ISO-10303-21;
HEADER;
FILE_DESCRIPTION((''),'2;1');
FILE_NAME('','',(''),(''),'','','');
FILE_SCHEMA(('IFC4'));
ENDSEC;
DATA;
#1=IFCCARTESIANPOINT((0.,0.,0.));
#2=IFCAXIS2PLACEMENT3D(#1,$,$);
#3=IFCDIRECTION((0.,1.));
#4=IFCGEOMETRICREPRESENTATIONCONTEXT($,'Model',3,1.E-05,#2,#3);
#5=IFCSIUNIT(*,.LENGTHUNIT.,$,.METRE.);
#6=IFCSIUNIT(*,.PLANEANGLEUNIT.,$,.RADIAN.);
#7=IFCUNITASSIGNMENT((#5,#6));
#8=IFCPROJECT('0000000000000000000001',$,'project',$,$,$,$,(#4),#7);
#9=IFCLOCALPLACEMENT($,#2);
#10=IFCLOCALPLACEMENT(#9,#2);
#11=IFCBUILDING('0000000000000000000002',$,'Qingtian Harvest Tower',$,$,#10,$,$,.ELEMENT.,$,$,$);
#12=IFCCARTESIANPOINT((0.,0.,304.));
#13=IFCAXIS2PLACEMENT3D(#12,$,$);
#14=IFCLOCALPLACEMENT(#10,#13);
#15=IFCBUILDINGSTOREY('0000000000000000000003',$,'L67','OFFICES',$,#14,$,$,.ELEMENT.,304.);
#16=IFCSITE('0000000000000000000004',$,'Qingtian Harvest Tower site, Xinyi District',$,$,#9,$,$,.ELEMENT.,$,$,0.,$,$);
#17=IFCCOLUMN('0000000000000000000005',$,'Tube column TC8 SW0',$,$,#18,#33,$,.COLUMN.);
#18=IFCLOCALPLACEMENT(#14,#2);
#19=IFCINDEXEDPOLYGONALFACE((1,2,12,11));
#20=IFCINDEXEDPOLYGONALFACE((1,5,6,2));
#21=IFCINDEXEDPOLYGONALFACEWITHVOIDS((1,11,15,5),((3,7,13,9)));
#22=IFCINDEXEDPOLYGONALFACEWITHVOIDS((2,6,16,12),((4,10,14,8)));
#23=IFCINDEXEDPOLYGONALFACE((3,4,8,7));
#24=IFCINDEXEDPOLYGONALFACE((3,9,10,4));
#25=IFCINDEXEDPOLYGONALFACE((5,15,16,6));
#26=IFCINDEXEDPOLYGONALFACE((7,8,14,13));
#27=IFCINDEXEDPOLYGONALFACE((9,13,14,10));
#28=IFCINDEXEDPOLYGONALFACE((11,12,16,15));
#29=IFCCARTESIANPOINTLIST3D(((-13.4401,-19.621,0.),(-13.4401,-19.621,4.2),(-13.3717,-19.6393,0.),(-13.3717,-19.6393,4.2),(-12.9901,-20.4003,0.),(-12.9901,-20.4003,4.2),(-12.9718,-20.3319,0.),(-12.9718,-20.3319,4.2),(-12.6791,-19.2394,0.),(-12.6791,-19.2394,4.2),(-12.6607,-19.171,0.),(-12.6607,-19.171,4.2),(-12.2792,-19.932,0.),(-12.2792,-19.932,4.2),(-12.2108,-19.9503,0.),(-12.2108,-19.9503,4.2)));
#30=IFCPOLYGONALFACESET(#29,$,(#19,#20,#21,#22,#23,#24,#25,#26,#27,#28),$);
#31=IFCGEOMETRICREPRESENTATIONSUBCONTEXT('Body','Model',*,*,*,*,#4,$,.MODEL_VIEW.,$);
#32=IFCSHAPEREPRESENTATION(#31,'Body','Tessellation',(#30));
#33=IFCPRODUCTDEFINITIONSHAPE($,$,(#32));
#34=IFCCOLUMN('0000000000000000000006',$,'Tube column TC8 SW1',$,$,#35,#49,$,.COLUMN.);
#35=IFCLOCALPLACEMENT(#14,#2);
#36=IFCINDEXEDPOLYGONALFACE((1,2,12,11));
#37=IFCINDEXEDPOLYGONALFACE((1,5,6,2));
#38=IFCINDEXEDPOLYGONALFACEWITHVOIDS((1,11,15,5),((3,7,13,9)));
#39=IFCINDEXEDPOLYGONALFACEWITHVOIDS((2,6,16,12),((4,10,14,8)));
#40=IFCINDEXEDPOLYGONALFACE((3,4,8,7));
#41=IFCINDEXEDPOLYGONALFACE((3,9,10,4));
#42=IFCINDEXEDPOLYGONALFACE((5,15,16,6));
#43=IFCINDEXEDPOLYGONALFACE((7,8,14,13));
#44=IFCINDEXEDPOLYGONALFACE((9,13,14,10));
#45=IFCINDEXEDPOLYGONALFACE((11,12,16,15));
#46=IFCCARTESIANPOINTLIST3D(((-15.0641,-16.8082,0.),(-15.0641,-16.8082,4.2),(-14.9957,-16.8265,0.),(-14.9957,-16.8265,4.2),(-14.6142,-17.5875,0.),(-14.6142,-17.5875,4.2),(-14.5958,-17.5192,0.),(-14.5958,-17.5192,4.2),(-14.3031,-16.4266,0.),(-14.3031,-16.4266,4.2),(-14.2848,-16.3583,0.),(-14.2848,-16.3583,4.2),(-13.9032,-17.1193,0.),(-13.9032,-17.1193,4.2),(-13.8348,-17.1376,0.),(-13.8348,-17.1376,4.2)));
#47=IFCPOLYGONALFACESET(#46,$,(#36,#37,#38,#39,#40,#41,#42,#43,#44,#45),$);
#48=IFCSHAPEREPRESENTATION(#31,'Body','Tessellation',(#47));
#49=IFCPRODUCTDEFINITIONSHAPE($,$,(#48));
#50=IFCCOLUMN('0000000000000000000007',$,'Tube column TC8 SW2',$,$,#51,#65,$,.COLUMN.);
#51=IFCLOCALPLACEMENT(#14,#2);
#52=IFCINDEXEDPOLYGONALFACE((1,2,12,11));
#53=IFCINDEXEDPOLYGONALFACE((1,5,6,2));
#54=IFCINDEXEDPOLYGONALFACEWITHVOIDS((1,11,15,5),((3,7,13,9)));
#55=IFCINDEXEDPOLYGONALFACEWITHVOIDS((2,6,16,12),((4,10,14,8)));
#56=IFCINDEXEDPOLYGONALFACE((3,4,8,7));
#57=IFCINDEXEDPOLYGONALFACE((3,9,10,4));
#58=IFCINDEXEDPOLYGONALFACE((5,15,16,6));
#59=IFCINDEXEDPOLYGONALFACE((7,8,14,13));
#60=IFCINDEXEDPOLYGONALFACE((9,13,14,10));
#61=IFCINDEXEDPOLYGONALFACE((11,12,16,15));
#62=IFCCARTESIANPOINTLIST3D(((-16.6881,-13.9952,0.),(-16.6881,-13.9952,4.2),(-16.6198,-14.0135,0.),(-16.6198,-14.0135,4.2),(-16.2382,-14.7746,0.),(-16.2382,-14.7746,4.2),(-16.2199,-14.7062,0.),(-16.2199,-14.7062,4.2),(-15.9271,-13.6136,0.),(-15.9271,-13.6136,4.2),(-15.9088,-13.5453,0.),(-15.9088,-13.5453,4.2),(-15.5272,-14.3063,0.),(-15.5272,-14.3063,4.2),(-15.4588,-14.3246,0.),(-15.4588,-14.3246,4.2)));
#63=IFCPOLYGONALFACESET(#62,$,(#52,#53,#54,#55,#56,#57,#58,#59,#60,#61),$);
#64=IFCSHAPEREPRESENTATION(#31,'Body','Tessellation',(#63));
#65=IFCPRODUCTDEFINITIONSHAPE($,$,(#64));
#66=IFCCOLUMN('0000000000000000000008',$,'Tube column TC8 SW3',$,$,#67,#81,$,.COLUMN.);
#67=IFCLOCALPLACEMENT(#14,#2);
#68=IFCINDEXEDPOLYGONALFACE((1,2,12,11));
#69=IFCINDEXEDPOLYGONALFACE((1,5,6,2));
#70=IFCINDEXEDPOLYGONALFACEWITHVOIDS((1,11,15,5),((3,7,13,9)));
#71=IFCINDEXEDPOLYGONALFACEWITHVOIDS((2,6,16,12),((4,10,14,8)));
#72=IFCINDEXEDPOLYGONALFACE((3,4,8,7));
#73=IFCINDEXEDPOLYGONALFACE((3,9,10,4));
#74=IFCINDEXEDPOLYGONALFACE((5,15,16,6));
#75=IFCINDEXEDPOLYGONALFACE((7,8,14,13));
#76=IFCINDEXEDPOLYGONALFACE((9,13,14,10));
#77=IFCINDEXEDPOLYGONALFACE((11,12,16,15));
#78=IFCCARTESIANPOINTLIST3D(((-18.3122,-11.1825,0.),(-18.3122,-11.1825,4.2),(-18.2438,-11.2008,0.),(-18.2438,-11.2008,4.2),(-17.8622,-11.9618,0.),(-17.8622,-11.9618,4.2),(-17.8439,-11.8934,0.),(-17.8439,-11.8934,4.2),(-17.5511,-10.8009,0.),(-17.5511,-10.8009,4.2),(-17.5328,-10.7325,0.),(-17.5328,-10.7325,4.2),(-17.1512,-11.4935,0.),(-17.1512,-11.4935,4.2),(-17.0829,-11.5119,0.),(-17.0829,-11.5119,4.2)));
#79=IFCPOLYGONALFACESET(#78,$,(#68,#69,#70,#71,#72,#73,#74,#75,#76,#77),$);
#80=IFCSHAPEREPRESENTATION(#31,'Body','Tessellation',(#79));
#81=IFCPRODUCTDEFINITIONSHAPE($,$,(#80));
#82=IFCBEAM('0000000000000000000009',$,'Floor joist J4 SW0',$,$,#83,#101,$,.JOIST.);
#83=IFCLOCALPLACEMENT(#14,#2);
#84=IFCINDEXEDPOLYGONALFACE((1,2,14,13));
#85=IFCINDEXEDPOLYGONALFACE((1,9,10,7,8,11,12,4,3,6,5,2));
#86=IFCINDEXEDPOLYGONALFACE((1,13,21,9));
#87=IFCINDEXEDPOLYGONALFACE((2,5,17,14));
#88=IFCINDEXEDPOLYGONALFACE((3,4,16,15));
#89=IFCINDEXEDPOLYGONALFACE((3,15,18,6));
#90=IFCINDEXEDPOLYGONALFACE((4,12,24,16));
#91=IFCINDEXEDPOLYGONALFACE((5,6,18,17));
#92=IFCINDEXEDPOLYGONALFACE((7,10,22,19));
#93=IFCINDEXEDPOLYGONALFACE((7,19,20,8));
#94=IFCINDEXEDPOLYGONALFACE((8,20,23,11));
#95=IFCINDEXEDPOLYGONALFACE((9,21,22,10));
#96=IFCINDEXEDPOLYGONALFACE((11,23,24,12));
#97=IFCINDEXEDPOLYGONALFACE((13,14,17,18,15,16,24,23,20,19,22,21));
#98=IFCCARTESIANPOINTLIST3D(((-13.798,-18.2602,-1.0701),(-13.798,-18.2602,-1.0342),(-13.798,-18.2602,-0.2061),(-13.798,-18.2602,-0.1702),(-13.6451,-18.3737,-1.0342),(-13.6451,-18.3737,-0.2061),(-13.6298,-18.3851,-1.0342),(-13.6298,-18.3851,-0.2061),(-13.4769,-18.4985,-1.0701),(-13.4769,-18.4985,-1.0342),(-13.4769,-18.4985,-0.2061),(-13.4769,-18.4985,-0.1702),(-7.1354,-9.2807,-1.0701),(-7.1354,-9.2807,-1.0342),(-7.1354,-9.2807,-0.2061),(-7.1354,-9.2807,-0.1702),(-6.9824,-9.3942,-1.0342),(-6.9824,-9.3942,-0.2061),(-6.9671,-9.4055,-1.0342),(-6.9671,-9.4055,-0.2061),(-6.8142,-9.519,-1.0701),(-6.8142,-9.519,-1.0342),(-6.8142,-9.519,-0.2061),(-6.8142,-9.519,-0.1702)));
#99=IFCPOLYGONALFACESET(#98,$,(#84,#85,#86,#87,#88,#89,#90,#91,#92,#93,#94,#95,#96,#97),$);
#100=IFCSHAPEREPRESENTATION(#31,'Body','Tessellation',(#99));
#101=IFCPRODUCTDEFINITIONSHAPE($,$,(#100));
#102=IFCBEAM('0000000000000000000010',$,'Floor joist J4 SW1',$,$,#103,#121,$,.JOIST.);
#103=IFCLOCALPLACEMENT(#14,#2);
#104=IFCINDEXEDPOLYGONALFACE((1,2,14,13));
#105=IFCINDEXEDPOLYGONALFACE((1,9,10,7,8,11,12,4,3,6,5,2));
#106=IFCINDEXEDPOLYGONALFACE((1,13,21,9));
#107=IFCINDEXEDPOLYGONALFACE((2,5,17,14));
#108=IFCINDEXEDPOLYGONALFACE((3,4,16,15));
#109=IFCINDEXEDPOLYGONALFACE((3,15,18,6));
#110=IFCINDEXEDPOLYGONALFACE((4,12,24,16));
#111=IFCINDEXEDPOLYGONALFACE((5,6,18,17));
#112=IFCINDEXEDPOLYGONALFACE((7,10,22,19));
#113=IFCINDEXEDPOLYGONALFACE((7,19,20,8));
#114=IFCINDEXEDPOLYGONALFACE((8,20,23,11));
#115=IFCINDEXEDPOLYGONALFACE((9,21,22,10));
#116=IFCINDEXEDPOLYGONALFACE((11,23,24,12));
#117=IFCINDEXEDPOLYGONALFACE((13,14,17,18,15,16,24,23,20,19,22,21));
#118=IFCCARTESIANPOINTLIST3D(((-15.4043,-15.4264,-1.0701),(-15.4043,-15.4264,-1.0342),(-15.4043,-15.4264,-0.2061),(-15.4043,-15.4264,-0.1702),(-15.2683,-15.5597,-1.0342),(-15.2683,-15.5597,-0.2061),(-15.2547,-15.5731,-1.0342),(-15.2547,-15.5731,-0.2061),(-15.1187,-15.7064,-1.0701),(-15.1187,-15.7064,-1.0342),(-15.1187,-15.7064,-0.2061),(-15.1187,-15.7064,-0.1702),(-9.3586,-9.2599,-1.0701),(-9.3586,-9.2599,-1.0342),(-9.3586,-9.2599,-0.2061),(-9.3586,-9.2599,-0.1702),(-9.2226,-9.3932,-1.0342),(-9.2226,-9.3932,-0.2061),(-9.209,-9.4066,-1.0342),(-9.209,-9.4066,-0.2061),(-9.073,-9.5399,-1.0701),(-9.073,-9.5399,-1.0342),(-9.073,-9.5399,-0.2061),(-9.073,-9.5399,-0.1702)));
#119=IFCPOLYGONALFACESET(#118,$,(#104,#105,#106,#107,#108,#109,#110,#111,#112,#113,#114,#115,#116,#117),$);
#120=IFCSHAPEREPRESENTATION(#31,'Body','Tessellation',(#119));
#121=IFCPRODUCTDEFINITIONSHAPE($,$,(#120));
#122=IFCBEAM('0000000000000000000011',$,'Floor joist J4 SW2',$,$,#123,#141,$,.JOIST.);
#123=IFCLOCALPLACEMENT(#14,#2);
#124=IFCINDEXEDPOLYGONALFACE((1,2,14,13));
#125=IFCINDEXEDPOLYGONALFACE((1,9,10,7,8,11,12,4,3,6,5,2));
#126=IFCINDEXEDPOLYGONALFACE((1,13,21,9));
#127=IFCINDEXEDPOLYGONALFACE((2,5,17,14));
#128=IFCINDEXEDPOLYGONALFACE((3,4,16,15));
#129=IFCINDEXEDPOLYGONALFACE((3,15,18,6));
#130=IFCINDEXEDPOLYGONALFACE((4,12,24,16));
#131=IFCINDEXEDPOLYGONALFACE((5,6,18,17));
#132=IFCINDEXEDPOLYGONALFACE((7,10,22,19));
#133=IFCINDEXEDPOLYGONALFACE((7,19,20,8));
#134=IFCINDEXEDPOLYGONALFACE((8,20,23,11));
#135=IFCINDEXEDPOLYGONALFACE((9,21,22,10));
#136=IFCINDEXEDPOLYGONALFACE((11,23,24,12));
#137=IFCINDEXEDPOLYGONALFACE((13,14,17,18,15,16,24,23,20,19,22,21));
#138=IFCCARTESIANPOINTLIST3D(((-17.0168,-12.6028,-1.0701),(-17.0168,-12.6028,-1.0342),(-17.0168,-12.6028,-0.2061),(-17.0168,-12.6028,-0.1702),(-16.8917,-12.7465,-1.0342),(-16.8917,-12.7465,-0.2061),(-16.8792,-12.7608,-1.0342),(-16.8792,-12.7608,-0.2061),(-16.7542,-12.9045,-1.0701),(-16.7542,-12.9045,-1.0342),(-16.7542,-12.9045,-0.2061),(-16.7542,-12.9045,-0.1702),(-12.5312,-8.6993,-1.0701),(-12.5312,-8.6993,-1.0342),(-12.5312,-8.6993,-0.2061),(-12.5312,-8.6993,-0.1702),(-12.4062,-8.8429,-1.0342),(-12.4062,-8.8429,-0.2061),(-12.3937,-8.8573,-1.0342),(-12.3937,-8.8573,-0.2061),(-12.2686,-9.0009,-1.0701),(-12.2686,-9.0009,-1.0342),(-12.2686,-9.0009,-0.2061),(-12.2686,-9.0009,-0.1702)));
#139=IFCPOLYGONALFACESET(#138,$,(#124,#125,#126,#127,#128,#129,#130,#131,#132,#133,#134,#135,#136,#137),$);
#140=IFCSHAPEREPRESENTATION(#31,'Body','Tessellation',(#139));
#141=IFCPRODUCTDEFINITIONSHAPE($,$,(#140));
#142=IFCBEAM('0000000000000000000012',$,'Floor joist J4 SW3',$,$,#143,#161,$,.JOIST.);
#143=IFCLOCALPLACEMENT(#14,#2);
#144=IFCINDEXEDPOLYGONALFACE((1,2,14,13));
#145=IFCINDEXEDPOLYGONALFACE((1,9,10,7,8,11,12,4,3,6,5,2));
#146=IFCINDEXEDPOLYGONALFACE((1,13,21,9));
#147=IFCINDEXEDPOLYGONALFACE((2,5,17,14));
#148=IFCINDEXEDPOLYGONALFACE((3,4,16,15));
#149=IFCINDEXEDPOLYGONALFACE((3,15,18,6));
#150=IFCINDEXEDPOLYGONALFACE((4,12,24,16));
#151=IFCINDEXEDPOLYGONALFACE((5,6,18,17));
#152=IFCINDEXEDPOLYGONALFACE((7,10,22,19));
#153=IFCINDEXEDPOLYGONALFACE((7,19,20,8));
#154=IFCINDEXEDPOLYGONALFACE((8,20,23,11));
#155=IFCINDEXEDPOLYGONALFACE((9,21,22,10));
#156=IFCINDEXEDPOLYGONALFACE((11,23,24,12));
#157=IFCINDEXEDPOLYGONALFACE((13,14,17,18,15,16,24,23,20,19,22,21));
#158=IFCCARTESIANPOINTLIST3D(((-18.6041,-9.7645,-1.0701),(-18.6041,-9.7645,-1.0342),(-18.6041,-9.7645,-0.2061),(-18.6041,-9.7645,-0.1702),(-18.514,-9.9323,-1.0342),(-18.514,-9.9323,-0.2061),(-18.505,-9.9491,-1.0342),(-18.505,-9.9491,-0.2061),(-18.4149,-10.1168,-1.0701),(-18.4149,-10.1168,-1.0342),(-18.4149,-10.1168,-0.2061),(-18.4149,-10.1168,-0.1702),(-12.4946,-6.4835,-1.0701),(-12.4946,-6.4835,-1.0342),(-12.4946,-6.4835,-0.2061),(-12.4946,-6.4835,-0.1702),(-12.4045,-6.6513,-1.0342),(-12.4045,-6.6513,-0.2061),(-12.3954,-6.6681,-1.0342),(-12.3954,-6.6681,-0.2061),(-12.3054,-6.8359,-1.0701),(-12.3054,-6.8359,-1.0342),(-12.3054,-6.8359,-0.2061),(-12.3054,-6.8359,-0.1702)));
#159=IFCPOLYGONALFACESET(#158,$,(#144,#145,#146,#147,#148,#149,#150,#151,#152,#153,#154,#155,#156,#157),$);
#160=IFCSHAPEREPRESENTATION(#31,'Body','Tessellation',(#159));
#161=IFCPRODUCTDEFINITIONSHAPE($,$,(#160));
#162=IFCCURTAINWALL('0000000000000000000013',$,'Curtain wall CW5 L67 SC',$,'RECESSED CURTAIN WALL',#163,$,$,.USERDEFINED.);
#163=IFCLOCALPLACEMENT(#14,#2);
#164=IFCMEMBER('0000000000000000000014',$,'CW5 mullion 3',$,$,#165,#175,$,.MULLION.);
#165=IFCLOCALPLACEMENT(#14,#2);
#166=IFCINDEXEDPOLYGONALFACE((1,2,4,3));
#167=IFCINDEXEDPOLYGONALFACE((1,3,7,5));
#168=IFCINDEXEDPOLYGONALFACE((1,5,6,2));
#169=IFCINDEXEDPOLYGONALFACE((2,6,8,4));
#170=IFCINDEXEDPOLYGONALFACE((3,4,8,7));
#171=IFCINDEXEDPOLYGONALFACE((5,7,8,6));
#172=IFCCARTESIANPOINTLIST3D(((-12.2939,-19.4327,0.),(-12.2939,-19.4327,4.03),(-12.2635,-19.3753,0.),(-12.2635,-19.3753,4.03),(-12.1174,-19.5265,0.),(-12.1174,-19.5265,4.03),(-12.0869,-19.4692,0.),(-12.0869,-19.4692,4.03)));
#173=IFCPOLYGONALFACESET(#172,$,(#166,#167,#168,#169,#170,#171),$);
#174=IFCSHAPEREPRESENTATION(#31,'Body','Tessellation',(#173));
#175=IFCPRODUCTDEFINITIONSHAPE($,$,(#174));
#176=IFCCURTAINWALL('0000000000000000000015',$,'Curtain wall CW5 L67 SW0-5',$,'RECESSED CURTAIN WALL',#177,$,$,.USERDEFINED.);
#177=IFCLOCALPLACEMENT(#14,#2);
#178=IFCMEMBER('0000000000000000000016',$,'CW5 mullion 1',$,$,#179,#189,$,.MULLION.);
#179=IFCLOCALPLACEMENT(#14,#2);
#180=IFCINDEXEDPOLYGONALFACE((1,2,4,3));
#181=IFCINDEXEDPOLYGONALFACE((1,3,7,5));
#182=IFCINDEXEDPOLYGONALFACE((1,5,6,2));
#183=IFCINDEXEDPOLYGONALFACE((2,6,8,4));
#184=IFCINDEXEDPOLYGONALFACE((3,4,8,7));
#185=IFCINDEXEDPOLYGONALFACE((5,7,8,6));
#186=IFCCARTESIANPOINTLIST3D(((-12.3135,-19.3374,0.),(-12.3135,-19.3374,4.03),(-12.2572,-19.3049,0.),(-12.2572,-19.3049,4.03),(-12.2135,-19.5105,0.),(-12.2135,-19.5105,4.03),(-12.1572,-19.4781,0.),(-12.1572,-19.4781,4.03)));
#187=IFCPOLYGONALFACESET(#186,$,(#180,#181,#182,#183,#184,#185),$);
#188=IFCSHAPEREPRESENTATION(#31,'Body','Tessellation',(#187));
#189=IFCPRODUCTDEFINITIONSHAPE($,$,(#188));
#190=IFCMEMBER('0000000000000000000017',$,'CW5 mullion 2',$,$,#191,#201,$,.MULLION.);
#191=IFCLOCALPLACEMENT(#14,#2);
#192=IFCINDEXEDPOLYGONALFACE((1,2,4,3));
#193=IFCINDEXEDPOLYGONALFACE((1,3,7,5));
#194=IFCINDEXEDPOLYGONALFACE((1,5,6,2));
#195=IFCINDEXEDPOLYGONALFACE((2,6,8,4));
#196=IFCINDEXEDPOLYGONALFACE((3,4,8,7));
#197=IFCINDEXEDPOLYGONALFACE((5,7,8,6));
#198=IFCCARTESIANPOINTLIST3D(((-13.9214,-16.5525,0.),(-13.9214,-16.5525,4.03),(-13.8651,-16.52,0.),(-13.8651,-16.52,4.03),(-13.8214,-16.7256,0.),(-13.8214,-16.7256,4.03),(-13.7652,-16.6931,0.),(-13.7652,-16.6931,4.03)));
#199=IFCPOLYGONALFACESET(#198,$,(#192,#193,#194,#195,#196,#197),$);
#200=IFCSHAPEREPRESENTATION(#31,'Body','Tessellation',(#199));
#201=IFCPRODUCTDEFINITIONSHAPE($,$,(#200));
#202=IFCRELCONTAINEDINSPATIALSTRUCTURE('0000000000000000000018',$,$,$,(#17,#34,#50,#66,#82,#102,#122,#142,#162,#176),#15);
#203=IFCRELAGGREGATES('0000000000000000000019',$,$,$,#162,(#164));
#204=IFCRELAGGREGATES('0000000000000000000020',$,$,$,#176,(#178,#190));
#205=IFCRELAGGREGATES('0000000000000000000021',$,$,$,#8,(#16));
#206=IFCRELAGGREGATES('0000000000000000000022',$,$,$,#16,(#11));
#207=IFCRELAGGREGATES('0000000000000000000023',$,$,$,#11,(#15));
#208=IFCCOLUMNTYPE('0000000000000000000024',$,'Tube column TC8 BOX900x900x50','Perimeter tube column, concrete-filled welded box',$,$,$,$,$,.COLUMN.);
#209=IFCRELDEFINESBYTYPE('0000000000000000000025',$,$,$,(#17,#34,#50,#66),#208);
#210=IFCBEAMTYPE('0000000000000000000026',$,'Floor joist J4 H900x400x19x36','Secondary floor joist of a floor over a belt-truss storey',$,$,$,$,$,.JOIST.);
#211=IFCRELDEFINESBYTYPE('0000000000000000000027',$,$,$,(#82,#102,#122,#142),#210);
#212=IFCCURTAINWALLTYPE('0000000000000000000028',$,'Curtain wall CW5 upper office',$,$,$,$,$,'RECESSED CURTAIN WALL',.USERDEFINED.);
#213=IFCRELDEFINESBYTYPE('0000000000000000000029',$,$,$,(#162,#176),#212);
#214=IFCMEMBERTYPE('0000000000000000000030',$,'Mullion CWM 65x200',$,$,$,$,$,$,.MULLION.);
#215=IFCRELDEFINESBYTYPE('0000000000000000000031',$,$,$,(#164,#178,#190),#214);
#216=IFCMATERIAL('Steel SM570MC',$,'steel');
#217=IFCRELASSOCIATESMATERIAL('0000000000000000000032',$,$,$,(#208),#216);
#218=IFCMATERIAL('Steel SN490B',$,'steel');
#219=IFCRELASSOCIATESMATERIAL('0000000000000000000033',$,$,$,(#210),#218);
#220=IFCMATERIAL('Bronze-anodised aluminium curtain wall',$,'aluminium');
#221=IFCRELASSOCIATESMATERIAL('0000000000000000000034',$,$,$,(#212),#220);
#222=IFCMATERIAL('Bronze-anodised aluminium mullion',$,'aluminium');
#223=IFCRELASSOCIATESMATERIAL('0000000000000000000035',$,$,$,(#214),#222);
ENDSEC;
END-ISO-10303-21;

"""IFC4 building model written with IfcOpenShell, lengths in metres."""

from ifc_helpers import new_model, si_unit, direction, frame, origin, origin_2d, place, context, subcontext, project, spatial, rectangle, hollow_rectangle, i_section, extrude, material, material_profile, profile_set, type_object, element, aggregate, save


model = new_model("IFC4")

# Units and contexts
model_context = context("Model", 3, precision=1e-05, world=origin(), true_north=direction((0.0, 1.0)))
body_context = subcontext(model_context, "Body", "Model", "MODEL_VIEW")
ifc_project = project(units=[si_unit("LENGTHUNIT", "METRE"), si_unit("PLANEANGLEUNIT", "RADIAN")], contexts=[model_context])

# Site, building, storey
site_placement = place(None, origin())
site = spatial("IfcSite", under=ifc_project, at=site_placement, Name="Qingtian Harvest Tower site, Xinyi District", CompositionType="ELEMENT", RefElevation=0.0)
building_placement = place(site_placement, origin())
building = spatial("IfcBuilding", under=site, at=building_placement, Name="Qingtian Harvest Tower", CompositionType="ELEMENT")
storey_placement = place(building_placement, frame((0.0, 0.0, 304.0)))
storey = spatial("IfcBuildingStorey", under=building, at=storey_placement, Name="L67", Description="OFFICES", CompositionType="ELEMENT", Elevation=304.0)

# Columns
ifc_material_1 = material(Name="Steel SM570MC", Category="steel")
ifc_material_profile_1 = material_profile(ifc_material_1, hollow_rectangle(XDim=0.8999, YDim=0.8999, WallThickness=0.05, at=origin_2d()), Name="BOX900x900x50")
ifc_profile_set_1 = profile_set([ifc_material_profile_1], Name="Steel SM570MC")
column_type = type_object("IfcColumnType", Name="Tube column TC8 BOX900x900x50", Description="Perimeter tube column, concrete-filled welded box", PredefinedType="COLUMN", material=ifc_profile_set_1)
for number, where, z_axis, x_axis, name in (
    (1, (-12.8254, -19.7856, 0.0), (0.0, 0.0, 1.0), (0.5, -0.866025, 0.0), "Tube column TC8 SW0"),
    (2, (-14.4495, -16.9729, 0.0), (0.0, 0.0, 1.0), (0.5, -0.866025, 0.0), "Tube column TC8 SW1"),
    (3, (-16.0735, -14.1599, 0.0), (0.0, 0.0, 1.0), (0.5, -0.866025, 0.0), "Tube column TC8 SW2"),
    (4, (-17.6975, -11.3472, 0.0), (0.0, 0.0, 1.0), (0.5, -0.866025, 0.0), "Tube column TC8 SW3"),
):
    element("IfcColumn", number, at=place(storey_placement, frame(where, z_axis=z_axis, x_axis=x_axis)), inside=storey, type_object=column_type, Name=name, PredefinedType="COLUMN", context=body_context, shape_type="SweptSolid", body=[
        extrude(hollow_rectangle(XDim=0.8999, YDim=0.8999, WallThickness=0.05, at=origin_2d()), origin(), (0.0, 0.0, 1.0), 4.2),
    ])

# Beams
ifc_material_2 = material(Name="Steel SN490B", Category="steel")
ifc_material_profile_2 = material_profile(ifc_material_2, i_section(OverallWidth=0.3999, OverallDepth=0.8999, WebThickness=0.019, FlangeThickness=0.0359, at=origin_2d()), Name="H900x400x19x36")
ifc_profile_set_2 = profile_set([ifc_material_profile_2], Name="Steel SN490B")
beam_type_1 = type_object("IfcBeamType", Name="Floor joist J4 H900x400x19x36", Description="Secondary floor joist of a floor over a belt-truss storey", PredefinedType="JOIST", material=ifc_profile_set_2)
beam_1_placement = place(storey_placement, frame((-13.6375, -18.3794, -0.6201), z_axis=(0.59587, 0.803081, 0.0), x_axis=(-0.803081, 0.59587, 0.0)))
element("IfcBeam", 5, at=beam_1_placement, inside=storey, type_object=beam_type_1, Name="Floor joist J4 SW0", PredefinedType="JOIST", context=body_context, shape_type="SweptSolid", body=[
    extrude(i_section(OverallWidth=0.3999, OverallDepth=0.8999, WebThickness=0.019, FlangeThickness=0.0359, at=origin_2d()), origin(), (0.0, 0.0, 1.0), 11.1814),
])
beam_2_placement = place(storey_placement, frame((-15.2615, -15.5664, -0.6201), z_axis=(0.700075, 0.714069, 0.0), x_axis=(-0.714069, 0.700075, 0.0)))
element("IfcBeam", 6, at=beam_2_placement, inside=storey, type_object=beam_type_1, Name="Floor joist J4 SW1", PredefinedType="JOIST", context=body_context, shape_type="SweptSolid", body=[
    extrude(i_section(OverallWidth=0.3999, OverallDepth=0.8999, WebThickness=0.019, FlangeThickness=0.0359, at=origin_2d()), origin(), (0.0, 0.0, 1.0), 8.6357),
])
beam_3_placement = place(storey_placement, frame((-16.8855, -12.7537, -0.6201), z_axis=(0.754352, 0.65647, 0.0), x_axis=(-0.65647, 0.754352, 0.0)))
element("IfcBeam", 7, at=beam_3_placement, inside=storey, type_object=beam_type_1, Name="Floor joist J4 SW2", PredefinedType="JOIST", context=body_context, shape_type="SweptSolid", body=[
    extrude(i_section(OverallWidth=0.3999, OverallDepth=0.8999, WebThickness=0.019, FlangeThickness=0.0359, at=origin_2d()), origin(), (0.0, 0.0, 1.0), 5.9463),
])
beam_4_placement = place(storey_placement, frame((-18.5095, -9.9407, -0.6201), z_axis=(0.881, 0.473117, 0.0), x_axis=(-0.473117, 0.881, 0.0)))
element("IfcBeam", 8, at=beam_4_placement, inside=storey, type_object=beam_type_1, Name="Floor joist J4 SW3", PredefinedType="JOIST", context=body_context, shape_type="SweptSolid", body=[
    extrude(i_section(OverallWidth=0.3999, OverallDepth=0.8999, WebThickness=0.019, FlangeThickness=0.0359, at=origin_2d()), origin(), (0.0, 0.0, 1.0), 6.9348),
])

# Curtain wall, member
ifc_material_3 = material(Name="Bronze-anodised aluminium curtain wall", Category="aluminium")
curtain_wall_type = type_object("IfcCurtainWallType", Name="Curtain wall CW5 upper office", ElementType="RECESSED CURTAIN WALL", PredefinedType="USERDEFINED", material=ifc_material_3)
curtain_wall_1_placement = place(storey_placement, origin())
curtain_wall_1 = element("IfcCurtainWall", 9, at=curtain_wall_1_placement, inside=storey, type_object=curtain_wall_type, Name="Curtain wall CW5 L67 SC", ObjectType="RECESSED CURTAIN WALL", PredefinedType="USERDEFINED")
ifc_material_4 = material(Name="Bronze-anodised aluminium mullion", Category="aluminium")
ifc_material_profile_3 = material_profile(ifc_material_4, rectangle(XDim=0.0649, YDim=0.2, at=origin_2d()), Name="AL 65x200")
ifc_profile_set_3 = profile_set([ifc_material_profile_3], Name="Bronze-anodised aluminium mullion")
member_type_1 = type_object("IfcMemberType", Name="Mullion CWM 65x200", PredefinedType="MULLION", material=ifc_profile_set_3)
member_1_placement = place(storey_placement, frame((-12.1904, -19.4509, 0.0), z_axis=(0.0, 0.0, 1.0), x_axis=(-0.469472, -0.882948, 0.0)))
member_1 = element("IfcMember", 10, at=member_1_placement, type_object=member_type_1, Name="CW5 mullion 3", PredefinedType="MULLION", context=body_context, shape_type="SweptSolid", body=[
    extrude(rectangle(XDim=0.0649, YDim=0.2, at=origin_2d()), origin(), (0.0, 0.0, 1.0), 4.03),
])
aggregate(curtain_wall_1, [member_1])

# Curtain wall, members
curtain_wall_2_placement = place(storey_placement, origin())
curtain_wall_2 = element("IfcCurtainWall", 11, at=curtain_wall_2_placement, inside=storey, type_object=curtain_wall_type, Name="Curtain wall CW5 L67 SW0-5", ObjectType="RECESSED CURTAIN WALL", PredefinedType="USERDEFINED")
member_2_placement = place(storey_placement, frame((-12.2354, -19.4077, 0.0), z_axis=(0.0, 0.0, 1.0), x_axis=(-0.866025, -0.5, 0.0)))
member_2 = element("IfcMember", 12, at=member_2_placement, type_object=member_type_1, Name="CW5 mullion 1", PredefinedType="MULLION", context=body_context, shape_type="SweptSolid", body=[
    extrude(rectangle(XDim=0.0649, YDim=0.2, at=origin_2d()), origin(), (0.0, 0.0, 1.0), 4.03),
])
member_3_placement = place(storey_placement, frame((-13.8433, -16.6228, 0.0), z_axis=(0.0, 0.0, 1.0), x_axis=(-0.866025, -0.5, 0.0)))
member_3 = element("IfcMember", 13, at=member_3_placement, type_object=member_type_1, Name="CW5 mullion 2", PredefinedType="MULLION", context=body_context, shape_type="SweptSolid", body=[
    extrude(rectangle(XDim=0.0649, YDim=0.2, at=origin_2d()), origin(), (0.0, 0.0, 1.0), 4.03),
])

aggregate(curtain_wall_2, [member_2, member_3])

save(model, "model.ifc")
